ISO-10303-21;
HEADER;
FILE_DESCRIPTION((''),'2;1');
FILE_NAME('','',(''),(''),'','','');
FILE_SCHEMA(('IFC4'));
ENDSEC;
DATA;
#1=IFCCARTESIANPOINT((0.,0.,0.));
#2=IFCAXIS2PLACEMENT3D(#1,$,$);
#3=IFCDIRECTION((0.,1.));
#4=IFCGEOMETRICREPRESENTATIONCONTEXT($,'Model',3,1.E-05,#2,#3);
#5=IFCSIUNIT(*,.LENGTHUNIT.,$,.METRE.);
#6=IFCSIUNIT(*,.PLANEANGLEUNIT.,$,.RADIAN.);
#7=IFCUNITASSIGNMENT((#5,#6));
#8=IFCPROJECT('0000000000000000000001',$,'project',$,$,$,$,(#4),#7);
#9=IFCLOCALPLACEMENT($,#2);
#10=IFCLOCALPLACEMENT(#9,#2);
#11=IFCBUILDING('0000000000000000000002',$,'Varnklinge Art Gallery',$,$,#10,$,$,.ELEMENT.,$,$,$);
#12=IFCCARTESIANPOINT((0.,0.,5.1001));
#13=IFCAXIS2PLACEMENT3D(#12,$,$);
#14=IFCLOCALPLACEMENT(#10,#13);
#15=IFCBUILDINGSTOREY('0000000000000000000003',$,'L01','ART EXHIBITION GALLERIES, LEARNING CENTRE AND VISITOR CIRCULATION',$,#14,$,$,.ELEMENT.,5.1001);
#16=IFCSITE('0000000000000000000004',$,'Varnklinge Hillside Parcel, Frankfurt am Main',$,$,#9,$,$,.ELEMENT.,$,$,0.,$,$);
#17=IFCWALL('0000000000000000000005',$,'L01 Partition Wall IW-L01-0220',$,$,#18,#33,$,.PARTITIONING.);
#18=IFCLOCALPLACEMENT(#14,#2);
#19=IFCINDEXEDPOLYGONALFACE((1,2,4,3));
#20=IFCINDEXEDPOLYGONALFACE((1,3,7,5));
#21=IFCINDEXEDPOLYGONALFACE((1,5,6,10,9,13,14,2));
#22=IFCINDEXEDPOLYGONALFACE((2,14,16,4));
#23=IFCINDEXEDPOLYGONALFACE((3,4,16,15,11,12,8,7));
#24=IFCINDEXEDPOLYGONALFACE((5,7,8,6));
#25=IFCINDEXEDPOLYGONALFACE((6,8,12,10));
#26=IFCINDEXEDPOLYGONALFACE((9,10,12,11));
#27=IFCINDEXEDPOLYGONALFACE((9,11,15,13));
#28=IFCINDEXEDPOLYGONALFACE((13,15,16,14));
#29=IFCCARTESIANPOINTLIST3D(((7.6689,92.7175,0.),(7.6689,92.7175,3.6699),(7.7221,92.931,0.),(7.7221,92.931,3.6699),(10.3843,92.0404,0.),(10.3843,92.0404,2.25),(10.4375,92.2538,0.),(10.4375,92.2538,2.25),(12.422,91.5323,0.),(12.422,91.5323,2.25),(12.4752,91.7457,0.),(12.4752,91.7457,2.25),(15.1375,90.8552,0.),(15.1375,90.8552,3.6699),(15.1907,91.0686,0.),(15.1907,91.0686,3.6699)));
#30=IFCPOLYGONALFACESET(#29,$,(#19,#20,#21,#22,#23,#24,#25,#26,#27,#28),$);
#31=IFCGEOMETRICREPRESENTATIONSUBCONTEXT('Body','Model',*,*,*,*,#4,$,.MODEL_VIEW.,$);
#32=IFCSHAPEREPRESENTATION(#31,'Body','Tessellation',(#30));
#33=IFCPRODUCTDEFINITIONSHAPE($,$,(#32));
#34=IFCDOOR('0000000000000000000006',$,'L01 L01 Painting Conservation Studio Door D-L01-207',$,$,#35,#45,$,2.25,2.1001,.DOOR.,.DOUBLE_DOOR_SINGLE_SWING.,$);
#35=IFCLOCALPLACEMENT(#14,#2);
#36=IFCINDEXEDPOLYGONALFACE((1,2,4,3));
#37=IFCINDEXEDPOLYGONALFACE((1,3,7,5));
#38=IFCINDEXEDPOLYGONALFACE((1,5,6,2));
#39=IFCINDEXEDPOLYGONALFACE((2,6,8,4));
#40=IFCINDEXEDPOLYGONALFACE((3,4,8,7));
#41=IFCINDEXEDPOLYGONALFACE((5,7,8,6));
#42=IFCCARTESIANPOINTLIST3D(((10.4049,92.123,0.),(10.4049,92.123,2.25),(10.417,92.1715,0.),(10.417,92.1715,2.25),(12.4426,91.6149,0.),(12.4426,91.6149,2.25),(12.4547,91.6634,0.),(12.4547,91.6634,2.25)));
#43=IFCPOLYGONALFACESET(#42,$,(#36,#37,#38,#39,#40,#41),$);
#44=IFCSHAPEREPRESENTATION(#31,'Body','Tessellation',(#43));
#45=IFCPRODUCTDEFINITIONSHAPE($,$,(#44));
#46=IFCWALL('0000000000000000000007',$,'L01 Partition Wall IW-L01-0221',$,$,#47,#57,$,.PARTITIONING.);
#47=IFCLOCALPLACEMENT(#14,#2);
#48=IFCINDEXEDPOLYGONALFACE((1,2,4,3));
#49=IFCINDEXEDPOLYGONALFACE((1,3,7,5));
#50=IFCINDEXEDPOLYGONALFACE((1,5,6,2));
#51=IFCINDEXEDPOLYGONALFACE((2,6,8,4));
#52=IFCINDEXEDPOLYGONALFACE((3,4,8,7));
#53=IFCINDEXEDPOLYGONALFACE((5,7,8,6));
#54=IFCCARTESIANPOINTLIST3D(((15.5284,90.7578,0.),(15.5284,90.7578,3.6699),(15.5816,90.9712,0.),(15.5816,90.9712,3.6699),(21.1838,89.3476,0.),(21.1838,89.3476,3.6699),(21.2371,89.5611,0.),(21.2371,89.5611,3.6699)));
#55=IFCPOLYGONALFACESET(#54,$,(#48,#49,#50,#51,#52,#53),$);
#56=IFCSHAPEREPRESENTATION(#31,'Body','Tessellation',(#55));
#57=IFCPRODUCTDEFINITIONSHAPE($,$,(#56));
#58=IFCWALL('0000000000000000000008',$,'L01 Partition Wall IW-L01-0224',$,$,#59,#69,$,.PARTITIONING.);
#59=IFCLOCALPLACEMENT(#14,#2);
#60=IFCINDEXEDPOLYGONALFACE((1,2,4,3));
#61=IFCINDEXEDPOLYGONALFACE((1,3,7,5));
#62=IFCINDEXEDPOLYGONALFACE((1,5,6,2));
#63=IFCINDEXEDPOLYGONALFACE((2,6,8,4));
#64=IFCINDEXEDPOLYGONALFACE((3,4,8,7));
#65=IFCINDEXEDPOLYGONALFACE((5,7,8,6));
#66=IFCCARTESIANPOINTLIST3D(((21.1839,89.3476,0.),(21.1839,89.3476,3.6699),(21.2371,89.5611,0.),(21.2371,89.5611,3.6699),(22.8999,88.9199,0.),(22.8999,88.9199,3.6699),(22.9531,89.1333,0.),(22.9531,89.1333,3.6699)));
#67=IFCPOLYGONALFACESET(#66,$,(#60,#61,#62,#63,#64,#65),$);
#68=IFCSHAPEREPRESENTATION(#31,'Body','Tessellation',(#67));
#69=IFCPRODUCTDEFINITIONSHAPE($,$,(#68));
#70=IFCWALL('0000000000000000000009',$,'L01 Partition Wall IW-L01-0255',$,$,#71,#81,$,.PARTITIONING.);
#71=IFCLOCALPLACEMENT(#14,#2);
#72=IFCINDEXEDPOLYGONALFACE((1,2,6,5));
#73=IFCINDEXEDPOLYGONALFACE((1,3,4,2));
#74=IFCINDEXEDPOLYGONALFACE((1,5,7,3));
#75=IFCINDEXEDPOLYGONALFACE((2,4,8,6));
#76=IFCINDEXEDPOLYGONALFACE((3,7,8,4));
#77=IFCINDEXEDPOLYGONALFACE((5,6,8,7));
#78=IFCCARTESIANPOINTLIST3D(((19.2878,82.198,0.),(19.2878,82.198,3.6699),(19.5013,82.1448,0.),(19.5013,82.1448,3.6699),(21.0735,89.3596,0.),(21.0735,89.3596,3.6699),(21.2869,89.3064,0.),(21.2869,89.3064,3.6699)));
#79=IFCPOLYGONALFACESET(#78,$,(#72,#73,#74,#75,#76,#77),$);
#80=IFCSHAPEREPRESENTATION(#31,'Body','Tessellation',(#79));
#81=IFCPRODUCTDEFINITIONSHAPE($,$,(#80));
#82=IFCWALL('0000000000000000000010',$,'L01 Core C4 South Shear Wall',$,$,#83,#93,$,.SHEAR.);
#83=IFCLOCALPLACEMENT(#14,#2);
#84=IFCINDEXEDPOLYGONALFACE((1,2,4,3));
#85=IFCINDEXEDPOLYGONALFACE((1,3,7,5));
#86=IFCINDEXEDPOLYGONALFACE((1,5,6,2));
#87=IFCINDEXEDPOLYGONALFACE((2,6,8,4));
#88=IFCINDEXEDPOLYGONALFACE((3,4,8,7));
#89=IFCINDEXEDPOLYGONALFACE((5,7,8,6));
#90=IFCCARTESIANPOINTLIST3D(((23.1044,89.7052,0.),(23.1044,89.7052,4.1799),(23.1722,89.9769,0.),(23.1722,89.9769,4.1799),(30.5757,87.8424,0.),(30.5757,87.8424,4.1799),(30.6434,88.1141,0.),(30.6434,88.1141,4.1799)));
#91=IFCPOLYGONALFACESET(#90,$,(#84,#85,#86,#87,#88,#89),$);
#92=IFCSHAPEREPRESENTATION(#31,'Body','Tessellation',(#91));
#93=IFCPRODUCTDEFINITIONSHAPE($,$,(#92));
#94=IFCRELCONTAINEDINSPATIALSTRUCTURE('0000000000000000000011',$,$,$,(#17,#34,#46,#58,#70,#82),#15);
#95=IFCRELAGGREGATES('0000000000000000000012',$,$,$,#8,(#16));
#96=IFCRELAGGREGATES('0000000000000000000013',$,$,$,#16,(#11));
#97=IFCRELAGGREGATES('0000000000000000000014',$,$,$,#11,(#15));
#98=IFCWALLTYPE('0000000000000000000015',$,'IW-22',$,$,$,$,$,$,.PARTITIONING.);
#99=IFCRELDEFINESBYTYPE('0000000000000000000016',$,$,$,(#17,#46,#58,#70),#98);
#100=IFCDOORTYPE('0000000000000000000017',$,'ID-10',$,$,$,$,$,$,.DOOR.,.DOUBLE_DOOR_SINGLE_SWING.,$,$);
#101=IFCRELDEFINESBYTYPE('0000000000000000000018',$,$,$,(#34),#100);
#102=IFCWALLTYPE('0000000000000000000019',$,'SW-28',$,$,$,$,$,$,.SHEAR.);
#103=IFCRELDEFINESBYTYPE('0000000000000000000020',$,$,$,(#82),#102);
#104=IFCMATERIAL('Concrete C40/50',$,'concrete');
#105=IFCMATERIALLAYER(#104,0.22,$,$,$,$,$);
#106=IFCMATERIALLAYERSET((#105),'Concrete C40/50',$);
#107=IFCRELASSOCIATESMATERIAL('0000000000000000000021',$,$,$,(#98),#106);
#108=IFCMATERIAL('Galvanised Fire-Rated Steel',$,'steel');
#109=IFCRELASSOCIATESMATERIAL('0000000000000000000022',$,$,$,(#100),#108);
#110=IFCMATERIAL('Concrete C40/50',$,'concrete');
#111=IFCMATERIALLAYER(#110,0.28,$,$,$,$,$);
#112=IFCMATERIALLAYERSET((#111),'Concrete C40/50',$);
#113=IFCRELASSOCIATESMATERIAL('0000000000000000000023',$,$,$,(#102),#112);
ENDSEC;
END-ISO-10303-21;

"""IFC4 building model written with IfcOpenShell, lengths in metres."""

from ifc_helpers import new_model, si_unit, direction, frame, frame_2d, origin, place, context, subcontext, project, spatial, rectangle, extrude, material, layer, layer_set, type_object, element, fill, save


model = new_model("IFC4")

# Units and contexts
model_context = context("Model", 3, precision=1e-05, world=origin(), true_north=direction((0.0, 1.0)))
body_context = subcontext(model_context, "Body", "Model", "MODEL_VIEW")
ifc_project = project(units=[si_unit("LENGTHUNIT", "METRE"), si_unit("PLANEANGLEUNIT", "RADIAN")], contexts=[model_context])

# Site, building, storey
site_placement = place(None, origin())
site = spatial("IfcSite", under=ifc_project, at=site_placement, Name="Varnklinge Hillside Parcel, Frankfurt am Main", CompositionType="ELEMENT", RefElevation=0.0)
building_placement = place(site_placement, origin())
building = spatial("IfcBuilding", under=site, at=building_placement, Name="Varnklinge Art Gallery", CompositionType="ELEMENT")
storey_placement = place(building_placement, frame((0.0, 0.0, 5.1001)))
storey = spatial("IfcBuildingStorey", under=building, at=storey_placement, Name="L01", Description="ART EXHIBITION GALLERIES, LEARNING CENTRE AND VISITOR CIRCULATION", CompositionType="ELEMENT", Elevation=5.1001)

# Wall, opening, door
ifc_material_1 = material(Name="Concrete C40/50", Category="concrete")
ifc_layer_1 = layer(ifc_material_1, 0.22)
ifc_layer_set_1 = layer_set([ifc_layer_1], Name="Concrete C40/50")
wall_type_1 = type_object("IfcWallType", Name="IW-22", PredefinedType="PARTITIONING", material=ifc_layer_set_1)
wall_1_placement = place(storey_placement, frame((15.1641, 90.9619, 0.0), z_axis=(0.0, 0.0, 1.0), x_axis=(-0.97029, 0.241946, 0.0)))
wall_1 = element("IfcWall", 1, at=wall_1_placement, inside=storey, type_object=wall_type_1, Name="L01 Partition Wall IW-L01-0220", PredefinedType="PARTITIONING", context=body_context, shape_type="SweptSolid", body=[
    extrude(rectangle(XDim=7.6973, YDim=0.22, at=frame_2d((3.8486, 0.0))), origin(), (0.0, 0.0, 1.0), 3.6699),
])
opening_1_placement = place(wall_1_placement, frame((2.7986, 0.0, 0.0)))
opening_1 = element("IfcOpeningElement", 2, at=opening_1_placement, cuts=wall_1, PredefinedType="OPENING", context=body_context, shape_type="SweptSolid", body=[
    extrude(rectangle(XDim=2.1001, YDim=2.25, at=frame_2d((1.05, 1.125))), frame((0.0, 0.1199, 0.0), z_axis=(0.0, -1.0, 0.0), x_axis=(1.0, 0.0, 0.0)), (0.0, 0.0, 1.0), 0.24),
])
ifc_material_2 = material(Name="Galvanised Fire-Rated Steel", Category="steel")
door_type_1 = type_object("IfcDoorType", Name="ID-10", OperationType="DOUBLE_DOOR_SINGLE_SWING", PredefinedType="DOOR", material=ifc_material_2)
door_1_placement = place(opening_1_placement, origin())
door_1 = element("IfcDoor", 3, at=door_1_placement, inside=storey, type_object=door_type_1, Name="L01 L01 Painting Conservation Studio Door D-L01-207", OperationType="DOUBLE_DOOR_SINGLE_SWING", OverallHeight=2.25, OverallWidth=2.1001, PredefinedType="DOOR", context=body_context, shape_type="SweptSolid", body=[
    extrude(rectangle(XDim=2.1001, YDim=2.25, at=frame_2d((1.05, 1.125))), frame((0.0, 0.0249, 0.0), z_axis=(0.0, -1.0, 0.0), x_axis=(1.0, 0.0, 0.0)), (0.0, 0.0, 1.0), 0.05),
])
fill(opening_1, door_1)

# Walls
wall_2_placement = place(storey_placement, frame((21.2104, 89.4543, 0.0), z_axis=(0.0, 0.0, 1.0), x_axis=(-0.970293, 0.241934, 0.0)))
element("IfcWall", 4, at=wall_2_placement, inside=storey, type_object=wall_type_1, Name="L01 Partition Wall IW-L01-0221", PredefinedType="PARTITIONING", context=body_context, shape_type="SweptSolid", body=[
    extrude(rectangle(XDim=5.8286, YDim=0.22, at=frame_2d((2.9143, 0.0))), origin(), (0.0, 0.0, 1.0), 3.6699),
])
wall_3_placement = place(storey_placement, frame((22.9265, 89.0266, 0.0), z_axis=(0.0, 0.0, 1.0), x_axis=(-0.970313, 0.241853, 0.0)))
element("IfcWall", 5, at=wall_3_placement, inside=storey, type_object=wall_type_1, Name="L01 Partition Wall IW-L01-0224", PredefinedType="PARTITIONING", context=body_context, shape_type="SweptSolid", body=[
    extrude(rectangle(XDim=1.7686, YDim=0.22, at=frame_2d((0.8843, 0.0))), origin(), (0.0, 0.0, 1.0), 3.6699),
])
wall_4_placement = place(storey_placement, frame((21.1802, 89.333, 0.0), z_axis=(0.0, 0.0, 1.0), x_axis=(-0.241929, -0.970294, 0.0)))
element("IfcWall", 6, at=wall_4_placement, inside=storey, type_object=wall_type_1, Name="L01 Partition Wall IW-L01-0255", PredefinedType="PARTITIONING", context=body_context, shape_type="SweptSolid", body=[
    extrude(rectangle(XDim=7.3809, YDim=0.22, at=frame_2d((3.6904, 0.0))), origin(), (0.0, 0.0, 1.0), 3.6699),
])
ifc_material_3 = material(Name="Concrete C40/50", Category="concrete")
ifc_layer_2 = layer(ifc_material_3, 0.28)
ifc_layer_set_2 = layer_set([ifc_layer_2], Name="Concrete C40/50")
wall_type_2 = type_object("IfcWallType", Name="SW-28", PredefinedType="SHEAR", material=ifc_layer_set_2)
wall_5_placement = place(storey_placement, frame((23.1382, 89.8411, 0.0), z_axis=(0.0, 0.0, 1.0), x_axis=(0.970295, -0.241924, 0.0)))
element("IfcWall", 7, at=wall_5_placement, inside=storey, type_object=wall_type_2, Name="L01 Core C4 South Shear Wall", PredefinedType="SHEAR", context=body_context, shape_type="SweptSolid", body=[
    extrude(rectangle(XDim=7.7, YDim=0.28, at=frame_2d((3.8501, 0.0))), origin(), (0.0, 0.0, 1.0), 4.1799),
])

save(model, "model.ifc")
